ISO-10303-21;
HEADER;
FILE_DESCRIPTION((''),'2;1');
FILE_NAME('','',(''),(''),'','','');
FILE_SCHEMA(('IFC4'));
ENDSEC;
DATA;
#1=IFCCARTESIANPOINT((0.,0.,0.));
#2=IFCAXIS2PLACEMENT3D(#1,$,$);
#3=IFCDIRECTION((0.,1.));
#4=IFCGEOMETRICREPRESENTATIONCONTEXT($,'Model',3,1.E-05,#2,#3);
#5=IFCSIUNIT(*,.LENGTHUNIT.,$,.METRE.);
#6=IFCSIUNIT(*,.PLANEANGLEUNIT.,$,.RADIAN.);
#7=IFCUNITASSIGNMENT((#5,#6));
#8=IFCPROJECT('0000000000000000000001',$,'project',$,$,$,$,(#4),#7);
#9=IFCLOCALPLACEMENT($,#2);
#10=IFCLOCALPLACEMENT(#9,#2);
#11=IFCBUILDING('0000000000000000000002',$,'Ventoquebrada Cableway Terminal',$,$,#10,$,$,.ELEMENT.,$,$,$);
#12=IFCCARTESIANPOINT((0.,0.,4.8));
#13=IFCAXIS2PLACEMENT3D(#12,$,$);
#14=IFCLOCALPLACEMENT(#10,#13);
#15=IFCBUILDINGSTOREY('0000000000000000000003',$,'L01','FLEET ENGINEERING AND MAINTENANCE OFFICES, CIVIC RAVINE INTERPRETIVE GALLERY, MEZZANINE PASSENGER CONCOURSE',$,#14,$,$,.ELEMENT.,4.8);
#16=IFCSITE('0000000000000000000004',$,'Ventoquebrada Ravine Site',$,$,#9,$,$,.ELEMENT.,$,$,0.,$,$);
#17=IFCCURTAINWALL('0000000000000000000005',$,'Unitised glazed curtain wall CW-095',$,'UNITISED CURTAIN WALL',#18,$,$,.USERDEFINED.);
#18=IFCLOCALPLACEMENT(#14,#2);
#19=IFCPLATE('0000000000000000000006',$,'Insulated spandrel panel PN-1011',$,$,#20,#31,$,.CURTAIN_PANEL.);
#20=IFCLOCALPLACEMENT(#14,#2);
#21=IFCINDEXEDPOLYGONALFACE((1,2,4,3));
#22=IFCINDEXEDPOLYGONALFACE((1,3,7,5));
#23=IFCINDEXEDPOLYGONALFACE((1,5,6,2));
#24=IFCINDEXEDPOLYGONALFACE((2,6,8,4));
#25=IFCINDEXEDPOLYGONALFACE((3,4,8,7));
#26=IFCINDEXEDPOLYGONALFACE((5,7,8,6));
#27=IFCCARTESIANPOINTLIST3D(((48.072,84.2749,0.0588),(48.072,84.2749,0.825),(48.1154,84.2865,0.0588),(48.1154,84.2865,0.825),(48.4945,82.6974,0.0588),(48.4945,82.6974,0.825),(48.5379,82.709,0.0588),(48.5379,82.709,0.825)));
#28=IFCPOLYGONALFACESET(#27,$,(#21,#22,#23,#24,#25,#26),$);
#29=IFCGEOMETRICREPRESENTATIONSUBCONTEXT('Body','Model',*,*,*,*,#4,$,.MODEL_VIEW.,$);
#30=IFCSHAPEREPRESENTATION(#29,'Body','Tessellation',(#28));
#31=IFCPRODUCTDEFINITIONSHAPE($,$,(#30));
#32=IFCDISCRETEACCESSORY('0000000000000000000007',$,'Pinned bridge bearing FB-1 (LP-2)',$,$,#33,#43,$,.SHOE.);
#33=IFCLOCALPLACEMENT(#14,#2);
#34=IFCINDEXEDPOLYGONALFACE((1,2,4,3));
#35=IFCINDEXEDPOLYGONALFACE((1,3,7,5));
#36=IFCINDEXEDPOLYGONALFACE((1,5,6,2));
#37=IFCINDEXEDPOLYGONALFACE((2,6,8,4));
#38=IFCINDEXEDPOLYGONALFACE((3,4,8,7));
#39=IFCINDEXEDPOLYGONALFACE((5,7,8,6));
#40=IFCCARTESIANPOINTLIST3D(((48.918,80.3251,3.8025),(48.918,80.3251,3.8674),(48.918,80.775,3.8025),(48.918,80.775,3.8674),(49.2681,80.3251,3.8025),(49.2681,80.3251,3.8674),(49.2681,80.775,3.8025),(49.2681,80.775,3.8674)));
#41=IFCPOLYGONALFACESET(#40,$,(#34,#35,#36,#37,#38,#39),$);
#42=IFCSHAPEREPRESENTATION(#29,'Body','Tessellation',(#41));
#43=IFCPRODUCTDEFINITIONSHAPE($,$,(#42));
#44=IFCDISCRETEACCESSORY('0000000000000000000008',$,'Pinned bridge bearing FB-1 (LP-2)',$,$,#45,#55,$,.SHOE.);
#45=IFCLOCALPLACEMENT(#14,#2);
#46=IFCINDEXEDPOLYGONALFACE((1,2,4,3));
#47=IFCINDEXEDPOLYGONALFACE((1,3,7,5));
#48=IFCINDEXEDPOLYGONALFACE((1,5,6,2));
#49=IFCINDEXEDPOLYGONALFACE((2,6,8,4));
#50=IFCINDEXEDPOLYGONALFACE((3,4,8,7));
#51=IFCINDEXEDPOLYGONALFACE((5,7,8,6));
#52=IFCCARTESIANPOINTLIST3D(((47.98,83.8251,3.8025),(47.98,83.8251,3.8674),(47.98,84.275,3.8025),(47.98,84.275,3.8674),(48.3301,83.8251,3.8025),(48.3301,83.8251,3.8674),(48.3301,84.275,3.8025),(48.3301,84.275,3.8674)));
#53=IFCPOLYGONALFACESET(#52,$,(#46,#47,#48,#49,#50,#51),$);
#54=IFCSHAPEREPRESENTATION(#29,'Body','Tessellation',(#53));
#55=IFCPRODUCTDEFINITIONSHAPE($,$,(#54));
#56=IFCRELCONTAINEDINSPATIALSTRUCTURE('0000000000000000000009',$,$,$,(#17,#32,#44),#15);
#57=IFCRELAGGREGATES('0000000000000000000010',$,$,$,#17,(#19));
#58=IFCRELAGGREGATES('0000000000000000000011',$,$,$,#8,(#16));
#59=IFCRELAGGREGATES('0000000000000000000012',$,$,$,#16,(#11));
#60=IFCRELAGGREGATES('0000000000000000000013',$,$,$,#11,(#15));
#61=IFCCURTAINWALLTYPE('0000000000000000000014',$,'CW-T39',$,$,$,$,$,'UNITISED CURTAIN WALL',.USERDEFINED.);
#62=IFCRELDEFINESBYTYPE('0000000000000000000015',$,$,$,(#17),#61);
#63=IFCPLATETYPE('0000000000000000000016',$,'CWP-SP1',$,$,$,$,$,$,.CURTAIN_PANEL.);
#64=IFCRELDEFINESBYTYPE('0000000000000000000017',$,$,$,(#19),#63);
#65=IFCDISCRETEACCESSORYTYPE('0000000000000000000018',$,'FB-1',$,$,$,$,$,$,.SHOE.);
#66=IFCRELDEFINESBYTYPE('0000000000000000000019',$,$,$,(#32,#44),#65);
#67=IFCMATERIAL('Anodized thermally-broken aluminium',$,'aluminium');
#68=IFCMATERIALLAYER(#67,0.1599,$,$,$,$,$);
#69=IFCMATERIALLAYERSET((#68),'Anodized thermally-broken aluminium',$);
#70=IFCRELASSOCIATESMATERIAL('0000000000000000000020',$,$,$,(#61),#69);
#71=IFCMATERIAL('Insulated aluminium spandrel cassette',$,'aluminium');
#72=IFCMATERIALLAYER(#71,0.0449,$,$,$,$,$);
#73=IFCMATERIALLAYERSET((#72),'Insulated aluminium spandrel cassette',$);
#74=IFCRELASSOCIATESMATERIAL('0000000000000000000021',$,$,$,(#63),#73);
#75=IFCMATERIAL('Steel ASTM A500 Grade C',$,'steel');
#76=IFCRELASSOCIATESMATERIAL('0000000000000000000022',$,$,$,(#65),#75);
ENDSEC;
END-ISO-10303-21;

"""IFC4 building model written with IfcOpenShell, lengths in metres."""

from ifc_helpers import new_model, si_unit, direction, frame, origin, origin_2d, place, context, subcontext, project, spatial, rectangle, extrude, material, layer, layer_set, type_object, element, aggregate, save


model = new_model("IFC4")

# Units and contexts
model_context = context("Model", 3, precision=1e-05, world=origin(), true_north=direction((0.0, 1.0)))
body_context = subcontext(model_context, "Body", "Model", "MODEL_VIEW")
ifc_project = project(units=[si_unit("LENGTHUNIT", "METRE"), si_unit("PLANEANGLEUNIT", "RADIAN")], contexts=[model_context])

# Site, building, storey
site_placement = place(None, origin())
site = spatial("IfcSite", under=ifc_project, at=site_placement, Name="Ventoquebrada Ravine Site", CompositionType="ELEMENT", RefElevation=0.0)
building_placement = place(site_placement, origin())
building = spatial("IfcBuilding", under=site, at=building_placement, Name="Ventoquebrada Cableway Terminal", CompositionType="ELEMENT")
storey_placement = place(building_placement, frame((0.0, 0.0, 4.8)))
storey = spatial("IfcBuildingStorey", under=building, at=storey_placement, Name="L01", Description="FLEET ENGINEERING AND MAINTENANCE OFFICES, CIVIC RAVINE INTERPRETIVE GALLERY, MEZZANINE PASSENGER CONCOURSE", CompositionType="ELEMENT", Elevation=4.8)

# Curtain wall
ifc_material_1 = material(Name="Anodized thermally-broken aluminium", Category="aluminium")
ifc_layer_1 = layer(ifc_material_1, 0.1599)
ifc_layer_set_1 = layer_set([ifc_layer_1], Name="Anodized thermally-broken aluminium")
curtain_wall_type = type_object("IfcCurtainWallType", Name="CW-T39", ElementType="UNITISED CURTAIN WALL", PredefinedType="USERDEFINED", material=ifc_layer_set_1)
curtain_wall_1_placement = place(storey_placement, origin())
curtain_wall_1 = element("IfcCurtainWall", 1, at=curtain_wall_1_placement, inside=storey, type_object=curtain_wall_type, Name="Unitised glazed curtain wall CW-095", ObjectType="UNITISED CURTAIN WALL", PredefinedType="USERDEFINED")

# Plate
ifc_material_2 = material(Name="Insulated aluminium spandrel cassette", Category="aluminium")
ifc_layer_2 = layer(ifc_material_2, 0.0449)
ifc_layer_set_2 = layer_set([ifc_layer_2], Name="Insulated aluminium spandrel cassette")
plate_type_1 = type_object("IfcPlateType", Name="CWP-SP1", PredefinedType="CURTAIN_PANEL", material=ifc_layer_set_2)
plate_1_placement = place(storey_placement, frame((48.3049, 83.4919, 0.0588), z_axis=(0.0, 0.0, 1.0), x_axis=(0.258701, -0.965957, 0.0)))
plate_1 = element("IfcPlate", 2, at=plate_1_placement, type_object=plate_type_1, Name="Insulated spandrel panel PN-1011", PredefinedType="CURTAIN_PANEL", context=body_context, shape_type="SweptSolid", body=[
    extrude(rectangle(XDim=1.6331, YDim=0.0449, at=origin_2d()), origin(), (0.0, 0.0, 1.0), 0.7661),
])
aggregate(curtain_wall_1, [plate_1])

# Discrete accessories
ifc_material_3 = material(Name="Steel ASTM A500 Grade C", Category="steel")
discrete_accessory_type = type_object("IfcDiscreteAccessoryType", Name="FB-1", PredefinedType="SHOE", material=ifc_material_3)
for number, where, z_axis, x_axis, name in (
    (3, (49.093, 80.55, 3.8025), (0.0, 0.0, 1.0), (1.0, 0.0, 0.0), "Pinned bridge bearing FB-1 (LP-2)"),
    (4, (48.155, 84.05, 3.8025), (0.0, 0.0, 1.0), (1.0, 0.0, 0.0), "Pinned bridge bearing FB-1 (LP-2)"),
):
    element("IfcDiscreteAccessory", number, at=place(storey_placement, frame(where, z_axis=z_axis, x_axis=x_axis)), inside=storey, type_object=discrete_accessory_type, Name=name, PredefinedType="SHOE", context=body_context, shape_type="SweptSolid", body=[
        extrude(rectangle(XDim=0.3501, YDim=0.45, at=origin_2d()), origin(), (0.0, 0.0, 1.0), 0.0649),
    ])

save(model, "model.ifc")
